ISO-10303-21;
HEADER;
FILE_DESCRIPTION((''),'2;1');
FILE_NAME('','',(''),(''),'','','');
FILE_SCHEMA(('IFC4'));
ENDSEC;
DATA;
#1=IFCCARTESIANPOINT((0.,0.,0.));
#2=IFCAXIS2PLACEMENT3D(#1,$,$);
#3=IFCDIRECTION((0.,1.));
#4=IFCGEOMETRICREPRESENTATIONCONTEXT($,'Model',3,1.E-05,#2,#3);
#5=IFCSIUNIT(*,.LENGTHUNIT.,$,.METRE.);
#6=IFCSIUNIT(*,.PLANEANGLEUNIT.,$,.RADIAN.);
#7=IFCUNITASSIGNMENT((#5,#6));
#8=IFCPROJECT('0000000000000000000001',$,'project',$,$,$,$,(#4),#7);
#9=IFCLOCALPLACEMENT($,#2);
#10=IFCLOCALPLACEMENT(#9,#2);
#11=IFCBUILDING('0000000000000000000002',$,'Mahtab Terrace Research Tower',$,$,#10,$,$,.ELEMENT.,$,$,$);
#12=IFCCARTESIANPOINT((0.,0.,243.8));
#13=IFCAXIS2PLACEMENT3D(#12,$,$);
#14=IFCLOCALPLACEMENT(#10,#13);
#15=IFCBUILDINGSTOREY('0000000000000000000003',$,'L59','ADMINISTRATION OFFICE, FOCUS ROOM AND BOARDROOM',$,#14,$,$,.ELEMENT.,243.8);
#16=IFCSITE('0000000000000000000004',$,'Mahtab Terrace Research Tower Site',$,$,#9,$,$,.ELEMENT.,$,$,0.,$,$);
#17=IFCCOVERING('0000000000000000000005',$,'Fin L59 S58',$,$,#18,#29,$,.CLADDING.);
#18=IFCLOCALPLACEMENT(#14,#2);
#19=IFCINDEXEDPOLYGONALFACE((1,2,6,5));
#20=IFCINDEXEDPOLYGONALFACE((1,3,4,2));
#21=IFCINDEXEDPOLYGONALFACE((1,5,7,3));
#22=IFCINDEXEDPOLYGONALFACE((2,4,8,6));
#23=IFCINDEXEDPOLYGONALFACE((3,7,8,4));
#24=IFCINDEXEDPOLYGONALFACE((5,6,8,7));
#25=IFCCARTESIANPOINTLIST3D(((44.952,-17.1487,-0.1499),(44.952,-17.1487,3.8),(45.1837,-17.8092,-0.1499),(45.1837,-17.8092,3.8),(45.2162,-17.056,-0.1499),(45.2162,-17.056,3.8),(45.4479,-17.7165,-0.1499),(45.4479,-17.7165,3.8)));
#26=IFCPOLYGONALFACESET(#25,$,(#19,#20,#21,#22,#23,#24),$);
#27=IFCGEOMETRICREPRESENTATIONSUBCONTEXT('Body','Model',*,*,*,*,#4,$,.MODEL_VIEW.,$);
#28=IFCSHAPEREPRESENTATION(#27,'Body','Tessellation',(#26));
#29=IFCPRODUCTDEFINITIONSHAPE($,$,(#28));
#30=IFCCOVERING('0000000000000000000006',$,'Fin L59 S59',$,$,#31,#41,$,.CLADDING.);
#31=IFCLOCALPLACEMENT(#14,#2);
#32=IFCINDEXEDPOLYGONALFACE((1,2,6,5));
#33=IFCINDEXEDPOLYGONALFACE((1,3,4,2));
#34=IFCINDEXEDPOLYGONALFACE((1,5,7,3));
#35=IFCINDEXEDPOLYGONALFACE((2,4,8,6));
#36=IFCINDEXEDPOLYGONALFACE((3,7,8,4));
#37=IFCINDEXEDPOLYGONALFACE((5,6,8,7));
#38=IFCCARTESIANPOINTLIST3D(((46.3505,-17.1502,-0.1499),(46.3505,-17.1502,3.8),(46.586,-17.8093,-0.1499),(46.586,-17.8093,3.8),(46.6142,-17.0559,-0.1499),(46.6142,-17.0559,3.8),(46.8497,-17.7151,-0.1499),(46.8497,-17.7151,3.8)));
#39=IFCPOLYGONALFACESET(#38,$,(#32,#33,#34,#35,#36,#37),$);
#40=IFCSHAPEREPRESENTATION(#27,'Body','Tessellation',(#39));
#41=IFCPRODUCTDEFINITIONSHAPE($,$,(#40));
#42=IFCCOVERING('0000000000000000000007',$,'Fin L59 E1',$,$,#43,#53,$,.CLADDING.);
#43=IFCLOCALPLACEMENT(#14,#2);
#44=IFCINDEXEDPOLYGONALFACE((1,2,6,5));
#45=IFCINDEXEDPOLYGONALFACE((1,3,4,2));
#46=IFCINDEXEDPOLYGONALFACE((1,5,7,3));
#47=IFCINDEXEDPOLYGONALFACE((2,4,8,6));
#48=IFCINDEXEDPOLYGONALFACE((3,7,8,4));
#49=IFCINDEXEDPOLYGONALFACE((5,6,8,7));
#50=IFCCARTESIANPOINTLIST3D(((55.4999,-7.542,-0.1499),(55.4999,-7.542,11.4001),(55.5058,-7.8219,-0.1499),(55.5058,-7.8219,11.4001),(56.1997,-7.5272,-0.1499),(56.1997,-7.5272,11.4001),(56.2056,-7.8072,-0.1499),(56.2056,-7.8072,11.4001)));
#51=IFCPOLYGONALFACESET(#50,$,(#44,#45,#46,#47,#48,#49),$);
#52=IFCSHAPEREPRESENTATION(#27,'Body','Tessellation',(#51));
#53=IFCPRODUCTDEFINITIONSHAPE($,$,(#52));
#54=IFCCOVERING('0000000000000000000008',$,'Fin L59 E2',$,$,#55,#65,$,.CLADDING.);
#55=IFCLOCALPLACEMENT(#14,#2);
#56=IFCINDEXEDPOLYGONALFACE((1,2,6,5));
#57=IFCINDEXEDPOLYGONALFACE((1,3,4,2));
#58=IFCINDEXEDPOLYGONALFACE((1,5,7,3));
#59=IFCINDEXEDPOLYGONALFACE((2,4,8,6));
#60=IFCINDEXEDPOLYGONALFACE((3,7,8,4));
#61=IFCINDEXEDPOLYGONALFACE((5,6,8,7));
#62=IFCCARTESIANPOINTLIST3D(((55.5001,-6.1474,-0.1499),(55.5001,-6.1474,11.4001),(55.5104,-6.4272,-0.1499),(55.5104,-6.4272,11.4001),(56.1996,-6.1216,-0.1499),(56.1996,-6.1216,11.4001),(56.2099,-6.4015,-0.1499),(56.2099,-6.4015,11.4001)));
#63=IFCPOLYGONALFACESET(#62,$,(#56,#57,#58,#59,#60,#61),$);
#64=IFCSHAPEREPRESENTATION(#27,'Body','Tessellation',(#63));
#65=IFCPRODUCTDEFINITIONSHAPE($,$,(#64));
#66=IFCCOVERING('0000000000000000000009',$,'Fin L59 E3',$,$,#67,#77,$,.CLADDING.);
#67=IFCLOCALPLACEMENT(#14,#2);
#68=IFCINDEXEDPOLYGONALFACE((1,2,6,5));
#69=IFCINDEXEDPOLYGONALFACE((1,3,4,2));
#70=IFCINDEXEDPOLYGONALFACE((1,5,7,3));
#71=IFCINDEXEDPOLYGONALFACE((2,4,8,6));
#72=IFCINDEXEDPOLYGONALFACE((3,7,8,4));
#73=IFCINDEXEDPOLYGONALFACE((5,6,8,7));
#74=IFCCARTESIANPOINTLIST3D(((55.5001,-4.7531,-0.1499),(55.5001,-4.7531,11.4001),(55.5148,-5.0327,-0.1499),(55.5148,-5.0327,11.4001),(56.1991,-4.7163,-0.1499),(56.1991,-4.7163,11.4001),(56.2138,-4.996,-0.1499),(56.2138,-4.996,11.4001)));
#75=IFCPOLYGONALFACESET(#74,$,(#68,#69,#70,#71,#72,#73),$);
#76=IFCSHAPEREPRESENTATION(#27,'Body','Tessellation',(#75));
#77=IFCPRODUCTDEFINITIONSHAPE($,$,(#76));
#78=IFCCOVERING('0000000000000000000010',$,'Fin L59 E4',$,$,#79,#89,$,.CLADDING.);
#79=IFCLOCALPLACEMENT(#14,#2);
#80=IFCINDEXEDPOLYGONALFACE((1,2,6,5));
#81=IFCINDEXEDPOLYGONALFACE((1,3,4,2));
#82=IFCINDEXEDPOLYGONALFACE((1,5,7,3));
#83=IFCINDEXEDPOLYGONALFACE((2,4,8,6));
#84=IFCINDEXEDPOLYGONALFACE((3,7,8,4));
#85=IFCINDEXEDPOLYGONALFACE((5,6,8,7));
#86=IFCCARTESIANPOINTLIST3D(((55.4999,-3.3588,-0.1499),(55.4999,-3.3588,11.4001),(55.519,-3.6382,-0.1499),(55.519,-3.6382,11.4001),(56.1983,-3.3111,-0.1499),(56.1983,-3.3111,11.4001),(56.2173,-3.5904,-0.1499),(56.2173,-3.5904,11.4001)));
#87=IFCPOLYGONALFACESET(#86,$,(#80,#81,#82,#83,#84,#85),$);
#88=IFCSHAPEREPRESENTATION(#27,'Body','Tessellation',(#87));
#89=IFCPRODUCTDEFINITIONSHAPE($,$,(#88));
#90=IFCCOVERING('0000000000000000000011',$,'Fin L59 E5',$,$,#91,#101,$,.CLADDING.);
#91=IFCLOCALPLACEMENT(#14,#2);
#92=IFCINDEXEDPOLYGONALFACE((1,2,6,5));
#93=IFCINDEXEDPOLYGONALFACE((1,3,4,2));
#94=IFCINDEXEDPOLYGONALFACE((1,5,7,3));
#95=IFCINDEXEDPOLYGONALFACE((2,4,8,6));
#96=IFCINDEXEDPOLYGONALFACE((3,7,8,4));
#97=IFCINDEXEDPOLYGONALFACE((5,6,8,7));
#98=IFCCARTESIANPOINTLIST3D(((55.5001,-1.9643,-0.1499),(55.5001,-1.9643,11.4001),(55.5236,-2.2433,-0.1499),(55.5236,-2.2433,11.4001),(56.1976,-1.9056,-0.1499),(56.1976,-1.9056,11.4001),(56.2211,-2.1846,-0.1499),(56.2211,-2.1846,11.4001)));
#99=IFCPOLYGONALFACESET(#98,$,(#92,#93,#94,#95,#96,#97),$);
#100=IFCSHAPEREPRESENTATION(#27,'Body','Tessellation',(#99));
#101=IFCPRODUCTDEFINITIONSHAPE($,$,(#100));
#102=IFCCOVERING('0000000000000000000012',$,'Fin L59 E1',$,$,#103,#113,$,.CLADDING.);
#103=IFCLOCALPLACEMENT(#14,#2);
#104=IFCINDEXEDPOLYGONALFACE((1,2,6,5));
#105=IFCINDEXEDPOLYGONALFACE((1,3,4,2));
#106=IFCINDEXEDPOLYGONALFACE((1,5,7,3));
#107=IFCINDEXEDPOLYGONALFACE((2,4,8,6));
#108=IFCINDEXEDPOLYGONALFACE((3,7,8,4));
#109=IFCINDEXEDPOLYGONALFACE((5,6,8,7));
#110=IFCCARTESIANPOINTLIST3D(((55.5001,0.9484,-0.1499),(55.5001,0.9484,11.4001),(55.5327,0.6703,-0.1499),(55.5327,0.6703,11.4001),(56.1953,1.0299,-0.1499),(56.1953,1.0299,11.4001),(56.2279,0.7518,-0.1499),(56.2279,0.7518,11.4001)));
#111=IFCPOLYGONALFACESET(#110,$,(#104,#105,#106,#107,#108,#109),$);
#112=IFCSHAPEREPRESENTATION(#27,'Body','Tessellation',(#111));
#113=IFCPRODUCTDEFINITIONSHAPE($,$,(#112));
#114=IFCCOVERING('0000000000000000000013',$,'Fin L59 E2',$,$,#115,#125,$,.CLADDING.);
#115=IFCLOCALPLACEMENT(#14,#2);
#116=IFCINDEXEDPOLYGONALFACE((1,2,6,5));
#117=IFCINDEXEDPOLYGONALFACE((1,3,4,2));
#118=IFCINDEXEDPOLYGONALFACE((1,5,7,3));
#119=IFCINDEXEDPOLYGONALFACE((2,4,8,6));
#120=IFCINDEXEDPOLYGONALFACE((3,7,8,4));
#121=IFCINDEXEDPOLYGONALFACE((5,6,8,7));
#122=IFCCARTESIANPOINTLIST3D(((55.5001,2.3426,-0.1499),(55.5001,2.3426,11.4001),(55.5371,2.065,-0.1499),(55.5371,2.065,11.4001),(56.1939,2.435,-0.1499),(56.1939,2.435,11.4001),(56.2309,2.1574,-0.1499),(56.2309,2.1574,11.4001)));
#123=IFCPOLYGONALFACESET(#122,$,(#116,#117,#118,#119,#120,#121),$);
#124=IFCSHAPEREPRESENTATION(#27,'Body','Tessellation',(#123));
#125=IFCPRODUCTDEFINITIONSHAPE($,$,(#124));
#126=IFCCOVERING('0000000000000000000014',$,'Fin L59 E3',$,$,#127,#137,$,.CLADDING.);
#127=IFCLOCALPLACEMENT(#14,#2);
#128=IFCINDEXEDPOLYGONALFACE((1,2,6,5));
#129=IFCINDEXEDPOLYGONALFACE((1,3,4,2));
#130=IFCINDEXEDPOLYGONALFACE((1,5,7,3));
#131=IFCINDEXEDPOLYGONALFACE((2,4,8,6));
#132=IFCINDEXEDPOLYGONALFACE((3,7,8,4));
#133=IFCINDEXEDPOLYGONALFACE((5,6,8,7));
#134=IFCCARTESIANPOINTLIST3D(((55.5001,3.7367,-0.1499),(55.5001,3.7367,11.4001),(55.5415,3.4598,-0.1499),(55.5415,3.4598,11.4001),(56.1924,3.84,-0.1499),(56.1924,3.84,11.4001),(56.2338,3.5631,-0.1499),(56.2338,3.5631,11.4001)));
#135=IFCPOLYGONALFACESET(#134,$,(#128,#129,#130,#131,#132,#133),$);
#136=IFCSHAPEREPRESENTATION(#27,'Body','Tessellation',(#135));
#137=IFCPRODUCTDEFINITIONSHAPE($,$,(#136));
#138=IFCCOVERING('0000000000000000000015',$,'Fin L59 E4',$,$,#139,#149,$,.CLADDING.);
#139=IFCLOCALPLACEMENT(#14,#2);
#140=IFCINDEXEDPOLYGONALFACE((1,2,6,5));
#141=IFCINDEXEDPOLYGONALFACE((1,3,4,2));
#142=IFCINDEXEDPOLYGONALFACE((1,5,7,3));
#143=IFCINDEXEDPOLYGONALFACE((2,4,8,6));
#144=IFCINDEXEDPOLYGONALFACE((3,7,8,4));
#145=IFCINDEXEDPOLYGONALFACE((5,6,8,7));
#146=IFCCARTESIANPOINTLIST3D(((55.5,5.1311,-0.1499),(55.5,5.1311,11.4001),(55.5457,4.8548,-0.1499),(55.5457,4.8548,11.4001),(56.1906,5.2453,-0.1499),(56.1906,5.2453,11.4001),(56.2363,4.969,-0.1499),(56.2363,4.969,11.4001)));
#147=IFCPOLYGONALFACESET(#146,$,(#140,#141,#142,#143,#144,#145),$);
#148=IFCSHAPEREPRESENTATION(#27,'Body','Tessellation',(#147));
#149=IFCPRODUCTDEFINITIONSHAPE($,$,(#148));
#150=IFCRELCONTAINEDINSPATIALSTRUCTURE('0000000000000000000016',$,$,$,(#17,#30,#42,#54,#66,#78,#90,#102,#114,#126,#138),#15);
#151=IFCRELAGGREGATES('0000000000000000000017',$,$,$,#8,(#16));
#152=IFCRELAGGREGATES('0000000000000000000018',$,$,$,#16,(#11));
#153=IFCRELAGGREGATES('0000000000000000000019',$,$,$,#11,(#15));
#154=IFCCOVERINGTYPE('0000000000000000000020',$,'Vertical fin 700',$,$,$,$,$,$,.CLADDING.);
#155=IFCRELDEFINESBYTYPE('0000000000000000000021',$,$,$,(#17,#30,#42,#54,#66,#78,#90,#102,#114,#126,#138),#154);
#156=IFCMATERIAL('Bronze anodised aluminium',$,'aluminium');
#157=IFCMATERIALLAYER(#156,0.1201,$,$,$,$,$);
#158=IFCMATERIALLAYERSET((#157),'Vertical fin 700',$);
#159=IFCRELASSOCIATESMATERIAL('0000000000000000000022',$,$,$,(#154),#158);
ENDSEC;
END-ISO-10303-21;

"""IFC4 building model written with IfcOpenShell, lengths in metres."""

from ifc_helpers import new_model, si_unit, direction, frame, origin, origin_2d, place, context, subcontext, project, spatial, rectangle, extrude, material, layer, layer_set, type_object, element, save


model = new_model("IFC4")

# Units and contexts
model_context = context("Model", 3, precision=1e-05, world=origin(), true_north=direction((0.0, 1.0)))
body_context = subcontext(model_context, "Body", "Model", "MODEL_VIEW")
ifc_project = project(units=[si_unit("LENGTHUNIT", "METRE"), si_unit("PLANEANGLEUNIT", "RADIAN")], contexts=[model_context])

# Site, building, storey
site_placement = place(None, origin())
site = spatial("IfcSite", under=ifc_project, at=site_placement, Name="Mahtab Terrace Research Tower Site", CompositionType="ELEMENT", RefElevation=0.0)
building_placement = place(site_placement, origin())
building = spatial("IfcBuilding", under=site, at=building_placement, Name="Mahtab Terrace Research Tower", CompositionType="ELEMENT")
storey_placement = place(building_placement, frame((0.0, 0.0, 243.8)))
storey = spatial("IfcBuildingStorey", under=building, at=storey_placement, Name="L59", Description="ADMINISTRATION OFFICE, FOCUS ROOM AND BOARDROOM", CompositionType="ELEMENT", Elevation=243.8)

# Coverings
ifc_material_1 = material(Name="Bronze anodised aluminium", Category="aluminium")
ifc_layer_1 = layer(ifc_material_1, 0.1201)
ifc_layer_set_1 = layer_set([ifc_layer_1], Name="Vertical fin 700")
covering_type_1 = type_object("IfcCoveringType", Name="Vertical fin 700", PredefinedType="CLADDING", material=ifc_layer_set_1)
for number, where, z_axis, x_axis, name in (
    (1, (45.2, -17.4326, -0.1499), (0.0, 0.0, 1.0), (0.943609, 0.331063, 0.0), "Fin L59 S58"),
    (2, (46.6001, -17.4326, -0.1499), (0.0, 0.0, 1.0), (0.941666, 0.336547, 0.0), "Fin L59 S59"),
):
    element("IfcCovering", number, at=place(storey_placement, frame(where, z_axis=z_axis, x_axis=x_axis)), inside=storey, type_object=covering_type_1, Name=name, PredefinedType="CLADDING", context=body_context, shape_type="SweptSolid", body=[
        extrude(rectangle(XDim=0.28, YDim=0.7, at=origin_2d()), origin(), (0.0, 0.0, 1.0), 3.95),
    ])
for number, where, z_axis, x_axis, name in (
    (3, (55.8528, -7.6746, -0.1499), (0.0, 0.0, 1.0), (-0.021108, 0.999777, 0.0), "Fin L59 E1"),
    (4, (55.855, -6.2744, -0.1499), (0.0, 0.0, 1.0), (-0.036809, 0.999322, 0.0), "Fin L59 E2"),
    (5, (55.8569, -4.8745, -0.1499), (0.0, 0.0, 1.0), (-0.052501, 0.998621, 0.0), "Fin L59 E3"),
    (6, (55.8586, -3.4746, -0.1499), (0.0, 0.0, 1.0), (-0.068179, 0.997673, 0.0), "Fin L59 E4"),
    (7, (55.8606, -2.0745, -0.1499), (0.0, 0.0, 1.0), (-0.083841, 0.996479, 0.0), "Fin L59 E5"),
    (8, (55.864, 0.8501, -0.1499), (0.0, 0.0, 1.0), (-0.116487, 0.993192, 0.0), "Fin L59 E1"),
    (9, (55.8655, 2.25, -0.1499), (0.0, 0.0, 1.0), (-0.132072, 0.99124, 0.0), "Fin L59 E2"),
    (10, (55.8669, 3.6499, -0.1499), (0.0, 0.0, 1.0), (-0.147625, 0.989043, 0.0), "Fin L59 E3"),
    (11, (55.8682, 5.05, -0.1499), (0.0, 0.0, 1.0), (-0.163142, 0.986603, 0.0), "Fin L59 E4"),
):
    element("IfcCovering", number, at=place(storey_placement, frame(where, z_axis=z_axis, x_axis=x_axis)), inside=storey, type_object=covering_type_1, Name=name, PredefinedType="CLADDING", context=body_context, shape_type="SweptSolid", body=[
        extrude(rectangle(XDim=0.28, YDim=0.7, at=origin_2d()), origin(), (0.0, 0.0, 1.0), 11.55),
    ])

save(model, "model.ifc")
